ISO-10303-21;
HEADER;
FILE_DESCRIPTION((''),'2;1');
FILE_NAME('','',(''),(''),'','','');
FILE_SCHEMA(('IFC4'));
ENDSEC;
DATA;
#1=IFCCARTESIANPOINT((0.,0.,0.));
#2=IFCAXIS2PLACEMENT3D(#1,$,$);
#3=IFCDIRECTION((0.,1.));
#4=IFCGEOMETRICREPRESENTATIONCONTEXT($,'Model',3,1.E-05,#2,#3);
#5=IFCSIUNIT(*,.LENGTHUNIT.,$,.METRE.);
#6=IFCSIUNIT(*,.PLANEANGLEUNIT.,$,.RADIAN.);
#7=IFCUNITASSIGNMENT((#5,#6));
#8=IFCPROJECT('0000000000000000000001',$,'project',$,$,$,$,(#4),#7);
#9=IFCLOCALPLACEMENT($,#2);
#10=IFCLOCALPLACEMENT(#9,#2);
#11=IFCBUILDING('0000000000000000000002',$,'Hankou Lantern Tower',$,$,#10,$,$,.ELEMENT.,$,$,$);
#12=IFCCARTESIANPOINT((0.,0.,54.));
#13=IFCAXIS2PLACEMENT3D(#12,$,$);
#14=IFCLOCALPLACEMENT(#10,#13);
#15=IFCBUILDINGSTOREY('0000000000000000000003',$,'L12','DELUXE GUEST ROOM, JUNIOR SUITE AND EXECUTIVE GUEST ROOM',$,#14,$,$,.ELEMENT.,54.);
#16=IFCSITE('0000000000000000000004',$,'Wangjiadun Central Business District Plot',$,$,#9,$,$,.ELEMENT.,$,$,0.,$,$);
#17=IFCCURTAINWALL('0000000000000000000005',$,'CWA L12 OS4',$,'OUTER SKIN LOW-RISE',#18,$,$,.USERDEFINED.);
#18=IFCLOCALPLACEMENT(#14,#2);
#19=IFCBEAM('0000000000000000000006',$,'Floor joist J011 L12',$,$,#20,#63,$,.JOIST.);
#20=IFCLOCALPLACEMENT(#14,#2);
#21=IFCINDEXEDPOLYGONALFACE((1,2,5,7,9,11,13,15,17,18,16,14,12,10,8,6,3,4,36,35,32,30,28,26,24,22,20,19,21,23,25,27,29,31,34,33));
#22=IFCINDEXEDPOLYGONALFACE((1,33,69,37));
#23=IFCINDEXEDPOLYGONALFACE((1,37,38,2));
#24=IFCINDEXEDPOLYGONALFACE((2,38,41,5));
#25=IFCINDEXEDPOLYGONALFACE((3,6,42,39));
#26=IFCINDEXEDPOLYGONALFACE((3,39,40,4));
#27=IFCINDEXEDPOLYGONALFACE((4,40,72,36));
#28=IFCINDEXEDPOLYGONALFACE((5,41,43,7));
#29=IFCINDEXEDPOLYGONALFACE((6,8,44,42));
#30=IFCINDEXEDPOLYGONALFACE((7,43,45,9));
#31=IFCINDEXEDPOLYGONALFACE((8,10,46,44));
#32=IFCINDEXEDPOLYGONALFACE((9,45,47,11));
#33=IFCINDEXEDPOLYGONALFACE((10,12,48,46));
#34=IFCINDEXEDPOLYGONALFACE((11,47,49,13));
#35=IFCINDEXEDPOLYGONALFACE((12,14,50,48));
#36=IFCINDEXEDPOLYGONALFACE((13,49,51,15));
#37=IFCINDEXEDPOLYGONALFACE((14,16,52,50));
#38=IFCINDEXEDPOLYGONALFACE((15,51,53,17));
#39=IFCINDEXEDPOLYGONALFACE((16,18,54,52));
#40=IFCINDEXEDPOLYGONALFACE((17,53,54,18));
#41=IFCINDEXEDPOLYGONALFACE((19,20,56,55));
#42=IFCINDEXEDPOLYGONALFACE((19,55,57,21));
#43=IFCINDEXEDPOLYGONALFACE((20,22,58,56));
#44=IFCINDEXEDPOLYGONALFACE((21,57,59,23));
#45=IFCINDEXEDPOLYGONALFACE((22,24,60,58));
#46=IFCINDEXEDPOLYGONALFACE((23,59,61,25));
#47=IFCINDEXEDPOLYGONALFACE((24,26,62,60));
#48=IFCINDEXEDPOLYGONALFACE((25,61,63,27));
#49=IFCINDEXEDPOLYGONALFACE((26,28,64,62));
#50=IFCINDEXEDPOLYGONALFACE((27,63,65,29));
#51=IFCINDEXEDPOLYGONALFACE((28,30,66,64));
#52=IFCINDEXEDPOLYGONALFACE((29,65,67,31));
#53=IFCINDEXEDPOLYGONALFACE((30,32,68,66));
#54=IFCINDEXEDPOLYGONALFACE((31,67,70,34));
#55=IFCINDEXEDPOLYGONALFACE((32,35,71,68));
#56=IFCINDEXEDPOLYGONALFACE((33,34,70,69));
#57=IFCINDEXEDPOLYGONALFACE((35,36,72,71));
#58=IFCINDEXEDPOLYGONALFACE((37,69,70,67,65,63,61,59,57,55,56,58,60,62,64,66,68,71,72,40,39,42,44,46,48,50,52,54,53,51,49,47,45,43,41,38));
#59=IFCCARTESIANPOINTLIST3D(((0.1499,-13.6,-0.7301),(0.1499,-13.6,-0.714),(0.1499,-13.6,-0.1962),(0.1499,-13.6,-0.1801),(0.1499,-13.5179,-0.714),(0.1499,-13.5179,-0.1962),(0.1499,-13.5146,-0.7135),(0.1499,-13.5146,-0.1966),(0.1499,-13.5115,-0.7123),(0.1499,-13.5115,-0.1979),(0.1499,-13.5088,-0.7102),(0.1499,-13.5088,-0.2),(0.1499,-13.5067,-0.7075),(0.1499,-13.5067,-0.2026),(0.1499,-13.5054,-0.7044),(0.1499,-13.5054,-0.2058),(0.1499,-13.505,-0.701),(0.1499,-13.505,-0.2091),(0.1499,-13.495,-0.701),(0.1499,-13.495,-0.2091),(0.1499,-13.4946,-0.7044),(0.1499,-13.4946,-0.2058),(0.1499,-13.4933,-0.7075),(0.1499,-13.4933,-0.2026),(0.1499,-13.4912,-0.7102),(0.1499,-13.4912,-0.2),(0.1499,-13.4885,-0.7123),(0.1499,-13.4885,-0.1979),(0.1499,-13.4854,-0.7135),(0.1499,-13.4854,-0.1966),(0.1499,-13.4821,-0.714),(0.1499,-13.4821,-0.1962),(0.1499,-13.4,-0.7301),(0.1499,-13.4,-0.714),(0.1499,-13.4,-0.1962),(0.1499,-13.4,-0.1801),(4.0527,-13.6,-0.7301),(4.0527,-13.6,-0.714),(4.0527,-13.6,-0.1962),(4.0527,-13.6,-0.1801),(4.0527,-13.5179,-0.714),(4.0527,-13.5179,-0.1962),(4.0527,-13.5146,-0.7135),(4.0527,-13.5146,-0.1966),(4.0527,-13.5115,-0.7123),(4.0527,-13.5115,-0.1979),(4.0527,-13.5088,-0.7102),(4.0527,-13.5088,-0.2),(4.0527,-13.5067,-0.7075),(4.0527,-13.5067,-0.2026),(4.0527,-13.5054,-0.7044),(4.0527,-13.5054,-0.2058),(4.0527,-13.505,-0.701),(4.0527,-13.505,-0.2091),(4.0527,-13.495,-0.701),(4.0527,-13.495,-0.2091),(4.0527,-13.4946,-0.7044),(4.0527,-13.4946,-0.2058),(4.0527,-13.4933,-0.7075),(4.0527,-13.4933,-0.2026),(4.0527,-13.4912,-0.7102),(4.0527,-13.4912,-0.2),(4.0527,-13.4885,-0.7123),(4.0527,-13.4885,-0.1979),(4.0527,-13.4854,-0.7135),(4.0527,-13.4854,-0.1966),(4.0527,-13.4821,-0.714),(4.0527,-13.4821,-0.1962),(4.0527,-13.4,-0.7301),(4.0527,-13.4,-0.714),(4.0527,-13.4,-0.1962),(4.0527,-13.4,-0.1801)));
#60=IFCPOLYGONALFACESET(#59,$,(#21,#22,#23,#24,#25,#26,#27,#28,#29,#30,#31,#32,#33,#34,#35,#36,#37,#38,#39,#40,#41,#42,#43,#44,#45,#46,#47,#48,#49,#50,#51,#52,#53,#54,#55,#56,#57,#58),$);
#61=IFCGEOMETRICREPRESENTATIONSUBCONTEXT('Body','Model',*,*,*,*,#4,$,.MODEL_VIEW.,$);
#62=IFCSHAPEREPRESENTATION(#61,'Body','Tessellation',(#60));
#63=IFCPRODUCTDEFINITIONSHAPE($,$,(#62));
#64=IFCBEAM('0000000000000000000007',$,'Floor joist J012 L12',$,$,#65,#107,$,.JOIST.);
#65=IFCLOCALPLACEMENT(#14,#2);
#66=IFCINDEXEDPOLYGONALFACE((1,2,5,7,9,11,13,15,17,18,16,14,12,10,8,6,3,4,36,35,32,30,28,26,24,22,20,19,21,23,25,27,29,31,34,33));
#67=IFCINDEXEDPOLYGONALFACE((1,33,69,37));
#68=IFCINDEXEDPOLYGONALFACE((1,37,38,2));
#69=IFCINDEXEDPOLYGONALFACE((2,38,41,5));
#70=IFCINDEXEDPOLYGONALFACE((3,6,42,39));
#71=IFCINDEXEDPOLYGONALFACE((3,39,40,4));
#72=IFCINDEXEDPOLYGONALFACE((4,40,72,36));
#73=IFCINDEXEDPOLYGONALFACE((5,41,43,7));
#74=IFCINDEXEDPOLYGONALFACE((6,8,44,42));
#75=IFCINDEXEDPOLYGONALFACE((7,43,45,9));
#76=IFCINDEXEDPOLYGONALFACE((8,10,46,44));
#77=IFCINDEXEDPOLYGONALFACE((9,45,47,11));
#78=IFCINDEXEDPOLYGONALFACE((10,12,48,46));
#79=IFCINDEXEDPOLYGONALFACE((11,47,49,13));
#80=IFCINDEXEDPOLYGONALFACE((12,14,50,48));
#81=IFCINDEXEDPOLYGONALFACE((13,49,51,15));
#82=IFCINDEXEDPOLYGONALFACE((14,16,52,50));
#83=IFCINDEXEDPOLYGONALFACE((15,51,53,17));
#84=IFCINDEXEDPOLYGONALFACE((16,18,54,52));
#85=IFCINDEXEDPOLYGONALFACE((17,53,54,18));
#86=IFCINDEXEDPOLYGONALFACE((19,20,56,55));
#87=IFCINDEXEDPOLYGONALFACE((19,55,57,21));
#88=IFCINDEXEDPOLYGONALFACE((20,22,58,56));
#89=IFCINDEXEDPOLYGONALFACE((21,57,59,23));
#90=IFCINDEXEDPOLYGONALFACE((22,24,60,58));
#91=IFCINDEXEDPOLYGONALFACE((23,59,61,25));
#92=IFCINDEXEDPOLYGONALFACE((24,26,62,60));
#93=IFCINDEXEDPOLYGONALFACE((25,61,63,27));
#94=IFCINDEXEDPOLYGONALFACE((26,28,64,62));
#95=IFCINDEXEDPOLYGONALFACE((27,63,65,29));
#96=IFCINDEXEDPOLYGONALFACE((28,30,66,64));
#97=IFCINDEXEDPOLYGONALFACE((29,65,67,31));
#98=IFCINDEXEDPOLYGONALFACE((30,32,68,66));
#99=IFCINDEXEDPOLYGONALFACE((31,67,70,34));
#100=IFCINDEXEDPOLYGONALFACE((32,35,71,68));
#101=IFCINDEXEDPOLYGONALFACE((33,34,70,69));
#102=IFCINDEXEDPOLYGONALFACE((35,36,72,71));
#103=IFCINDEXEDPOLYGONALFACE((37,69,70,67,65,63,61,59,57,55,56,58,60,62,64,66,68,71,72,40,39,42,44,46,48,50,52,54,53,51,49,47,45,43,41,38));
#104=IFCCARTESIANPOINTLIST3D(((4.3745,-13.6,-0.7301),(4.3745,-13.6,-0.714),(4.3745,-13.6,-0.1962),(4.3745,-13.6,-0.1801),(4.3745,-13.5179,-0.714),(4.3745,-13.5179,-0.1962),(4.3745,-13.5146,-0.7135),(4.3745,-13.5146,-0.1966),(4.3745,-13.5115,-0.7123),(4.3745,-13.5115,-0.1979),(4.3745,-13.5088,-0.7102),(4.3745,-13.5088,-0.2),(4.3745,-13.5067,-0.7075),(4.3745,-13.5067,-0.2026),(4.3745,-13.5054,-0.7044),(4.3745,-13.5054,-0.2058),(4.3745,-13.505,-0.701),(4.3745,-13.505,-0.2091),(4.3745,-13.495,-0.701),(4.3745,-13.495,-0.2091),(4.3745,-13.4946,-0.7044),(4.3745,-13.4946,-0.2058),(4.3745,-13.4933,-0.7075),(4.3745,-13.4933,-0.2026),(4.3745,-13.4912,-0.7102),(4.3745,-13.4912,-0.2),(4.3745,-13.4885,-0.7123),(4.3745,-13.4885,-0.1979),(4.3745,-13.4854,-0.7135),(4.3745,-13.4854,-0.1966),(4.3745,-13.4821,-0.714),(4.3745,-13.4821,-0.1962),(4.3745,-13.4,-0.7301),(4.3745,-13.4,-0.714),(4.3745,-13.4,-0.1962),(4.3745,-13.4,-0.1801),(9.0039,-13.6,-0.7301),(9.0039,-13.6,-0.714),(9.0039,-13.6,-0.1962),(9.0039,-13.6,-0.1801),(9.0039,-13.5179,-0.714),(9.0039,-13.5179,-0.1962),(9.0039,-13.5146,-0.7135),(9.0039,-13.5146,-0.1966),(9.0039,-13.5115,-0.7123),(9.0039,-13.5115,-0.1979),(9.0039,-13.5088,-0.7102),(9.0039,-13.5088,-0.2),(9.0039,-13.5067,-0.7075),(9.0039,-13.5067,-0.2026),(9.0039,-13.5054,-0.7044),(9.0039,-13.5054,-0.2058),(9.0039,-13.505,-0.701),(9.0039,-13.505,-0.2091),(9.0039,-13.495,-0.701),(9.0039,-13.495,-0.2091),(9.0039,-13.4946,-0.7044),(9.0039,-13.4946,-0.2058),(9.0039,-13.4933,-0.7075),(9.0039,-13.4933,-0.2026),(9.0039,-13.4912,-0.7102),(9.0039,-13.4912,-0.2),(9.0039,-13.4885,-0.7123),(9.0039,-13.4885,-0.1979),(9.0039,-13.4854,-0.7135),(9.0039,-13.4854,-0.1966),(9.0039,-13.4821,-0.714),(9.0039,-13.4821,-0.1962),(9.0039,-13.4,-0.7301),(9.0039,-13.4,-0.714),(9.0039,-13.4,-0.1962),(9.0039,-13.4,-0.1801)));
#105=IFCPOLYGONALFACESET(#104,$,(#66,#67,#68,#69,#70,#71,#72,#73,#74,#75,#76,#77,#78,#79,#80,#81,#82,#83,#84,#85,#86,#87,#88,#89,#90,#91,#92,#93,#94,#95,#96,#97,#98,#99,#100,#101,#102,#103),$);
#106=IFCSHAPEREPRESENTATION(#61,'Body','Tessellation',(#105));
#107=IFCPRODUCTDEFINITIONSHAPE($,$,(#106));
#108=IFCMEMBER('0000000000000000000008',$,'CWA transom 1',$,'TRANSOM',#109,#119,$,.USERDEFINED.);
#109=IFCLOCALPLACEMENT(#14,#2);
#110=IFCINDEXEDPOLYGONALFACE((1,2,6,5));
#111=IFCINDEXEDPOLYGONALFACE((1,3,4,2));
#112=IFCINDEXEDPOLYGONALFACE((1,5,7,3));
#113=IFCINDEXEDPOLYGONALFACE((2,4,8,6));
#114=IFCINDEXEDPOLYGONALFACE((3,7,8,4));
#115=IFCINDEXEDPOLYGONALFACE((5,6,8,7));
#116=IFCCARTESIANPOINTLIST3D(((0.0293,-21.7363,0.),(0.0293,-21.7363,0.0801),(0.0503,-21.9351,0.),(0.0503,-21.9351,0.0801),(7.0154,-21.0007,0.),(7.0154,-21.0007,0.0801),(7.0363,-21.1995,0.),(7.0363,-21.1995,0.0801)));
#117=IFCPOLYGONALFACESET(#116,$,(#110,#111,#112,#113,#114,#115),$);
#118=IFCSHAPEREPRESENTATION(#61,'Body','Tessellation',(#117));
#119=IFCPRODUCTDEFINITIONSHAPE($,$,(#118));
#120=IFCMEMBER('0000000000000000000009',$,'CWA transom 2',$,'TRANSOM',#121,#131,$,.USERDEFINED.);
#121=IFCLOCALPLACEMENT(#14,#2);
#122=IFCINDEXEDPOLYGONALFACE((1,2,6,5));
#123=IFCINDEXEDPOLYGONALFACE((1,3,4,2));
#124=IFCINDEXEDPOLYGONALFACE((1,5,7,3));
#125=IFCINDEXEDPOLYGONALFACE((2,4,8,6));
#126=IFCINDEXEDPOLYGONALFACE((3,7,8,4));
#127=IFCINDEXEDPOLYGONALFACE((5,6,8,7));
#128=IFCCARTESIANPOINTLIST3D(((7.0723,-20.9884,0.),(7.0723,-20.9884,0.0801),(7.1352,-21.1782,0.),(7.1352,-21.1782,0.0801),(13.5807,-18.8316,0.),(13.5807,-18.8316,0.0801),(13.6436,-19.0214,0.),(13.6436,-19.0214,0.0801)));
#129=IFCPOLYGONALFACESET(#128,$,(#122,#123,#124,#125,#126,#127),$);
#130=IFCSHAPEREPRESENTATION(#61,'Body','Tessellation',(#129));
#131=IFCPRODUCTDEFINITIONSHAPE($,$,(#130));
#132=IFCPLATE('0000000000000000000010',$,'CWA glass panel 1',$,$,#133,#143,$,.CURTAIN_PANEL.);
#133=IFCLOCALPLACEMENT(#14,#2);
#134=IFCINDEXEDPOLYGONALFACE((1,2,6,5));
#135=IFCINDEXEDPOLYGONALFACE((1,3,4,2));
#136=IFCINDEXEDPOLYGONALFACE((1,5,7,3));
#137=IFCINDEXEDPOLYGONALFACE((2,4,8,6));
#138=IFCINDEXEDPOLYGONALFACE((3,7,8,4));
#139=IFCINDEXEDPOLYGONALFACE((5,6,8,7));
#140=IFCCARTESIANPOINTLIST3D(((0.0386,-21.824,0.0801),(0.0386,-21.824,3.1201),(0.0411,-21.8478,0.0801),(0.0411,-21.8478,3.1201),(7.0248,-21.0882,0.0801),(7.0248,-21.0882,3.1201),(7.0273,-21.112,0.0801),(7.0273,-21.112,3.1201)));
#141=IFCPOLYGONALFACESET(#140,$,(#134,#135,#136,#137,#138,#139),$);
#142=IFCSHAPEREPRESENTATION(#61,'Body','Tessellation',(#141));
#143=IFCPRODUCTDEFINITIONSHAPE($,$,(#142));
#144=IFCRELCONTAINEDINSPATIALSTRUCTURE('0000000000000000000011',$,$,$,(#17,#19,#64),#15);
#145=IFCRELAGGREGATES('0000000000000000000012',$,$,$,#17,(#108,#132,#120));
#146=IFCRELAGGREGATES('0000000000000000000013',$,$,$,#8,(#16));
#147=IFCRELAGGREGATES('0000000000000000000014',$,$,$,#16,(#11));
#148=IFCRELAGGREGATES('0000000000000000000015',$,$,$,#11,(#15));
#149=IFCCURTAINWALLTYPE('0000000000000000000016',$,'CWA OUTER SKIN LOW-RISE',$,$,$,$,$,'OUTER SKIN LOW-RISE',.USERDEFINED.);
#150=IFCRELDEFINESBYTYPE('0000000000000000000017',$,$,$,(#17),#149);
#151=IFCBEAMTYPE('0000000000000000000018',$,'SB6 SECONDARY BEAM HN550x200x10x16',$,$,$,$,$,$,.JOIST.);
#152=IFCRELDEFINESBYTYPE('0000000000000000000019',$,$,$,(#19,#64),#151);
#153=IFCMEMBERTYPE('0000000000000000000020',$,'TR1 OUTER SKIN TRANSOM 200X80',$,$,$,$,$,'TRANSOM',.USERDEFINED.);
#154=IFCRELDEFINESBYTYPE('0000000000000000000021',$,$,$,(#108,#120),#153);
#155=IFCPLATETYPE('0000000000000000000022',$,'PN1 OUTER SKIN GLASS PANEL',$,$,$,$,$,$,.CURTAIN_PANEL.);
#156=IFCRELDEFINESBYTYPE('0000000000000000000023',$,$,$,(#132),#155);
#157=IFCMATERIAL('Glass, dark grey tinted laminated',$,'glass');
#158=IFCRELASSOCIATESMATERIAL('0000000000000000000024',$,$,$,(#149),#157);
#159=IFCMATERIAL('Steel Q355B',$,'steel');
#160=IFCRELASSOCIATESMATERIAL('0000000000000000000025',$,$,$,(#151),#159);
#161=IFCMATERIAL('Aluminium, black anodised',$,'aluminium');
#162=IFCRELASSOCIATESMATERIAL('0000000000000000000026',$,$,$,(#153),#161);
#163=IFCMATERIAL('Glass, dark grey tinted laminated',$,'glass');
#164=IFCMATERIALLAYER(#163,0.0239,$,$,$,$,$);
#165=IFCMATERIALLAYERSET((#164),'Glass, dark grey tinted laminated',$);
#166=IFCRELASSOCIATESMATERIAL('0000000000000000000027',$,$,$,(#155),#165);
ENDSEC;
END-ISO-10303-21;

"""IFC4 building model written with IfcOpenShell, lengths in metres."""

from ifc_helpers import new_model, si_unit, direction, frame, origin, origin_2d, place, context, subcontext, project, spatial, rectangle, i_section, extrude, material, layer, layer_set, material_profile, profile_set, type_object, element, aggregate, save


model = new_model("IFC4")

# Units and contexts
model_context = context("Model", 3, precision=1e-05, world=origin(), true_north=direction((0.0, 1.0)))
body_context = subcontext(model_context, "Body", "Model", "MODEL_VIEW")
ifc_project = project(units=[si_unit("LENGTHUNIT", "METRE"), si_unit("PLANEANGLEUNIT", "RADIAN")], contexts=[model_context])

# Site, building, storey
site_placement = place(None, origin())
site = spatial("IfcSite", under=ifc_project, at=site_placement, Name="Wangjiadun Central Business District Plot", CompositionType="ELEMENT", RefElevation=0.0)
building_placement = place(site_placement, origin())
building = spatial("IfcBuilding", under=site, at=building_placement, Name="Hankou Lantern Tower", CompositionType="ELEMENT")
storey_placement = place(building_placement, frame((0.0, 0.0, 54.0)))
storey = spatial("IfcBuildingStorey", under=building, at=storey_placement, Name="L12", Description="DELUXE GUEST ROOM, JUNIOR SUITE AND EXECUTIVE GUEST ROOM", CompositionType="ELEMENT", Elevation=54.0)

# Curtain wall
ifc_material_1 = material(Name="Glass, dark grey tinted laminated", Category="glass")
curtain_wall_type = type_object("IfcCurtainWallType", Name="CWA OUTER SKIN LOW-RISE", ElementType="OUTER SKIN LOW-RISE", PredefinedType="USERDEFINED", material=ifc_material_1)
curtain_wall_placement = place(storey_placement, origin())
curtain_wall = element("IfcCurtainWall", 1, at=curtain_wall_placement, inside=storey, type_object=curtain_wall_type, Name="CWA L12 OS4", ObjectType="OUTER SKIN LOW-RISE", PredefinedType="USERDEFINED")

# Beams
ifc_material_2 = material(Name="Steel Q355B", Category="steel")
ifc_material_profile_1 = material_profile(ifc_material_2, i_section(OverallWidth=0.2, OverallDepth=0.55, WebThickness=0.01, FlangeThickness=0.0161, FilletRadius=0.0129, at=origin_2d()), Name="HN550x200x10x16")
ifc_profile_set_1 = profile_set([ifc_material_profile_1], Name="Steel Q355B")
beam_type_1 = type_object("IfcBeamType", Name="SB6 SECONDARY BEAM HN550x200x10x16", PredefinedType="JOIST", material=ifc_profile_set_1)
beam_1_placement = place(storey_placement, frame((0.1499, -13.5, -0.4551), z_axis=(1.0, 0.0, 0.0), x_axis=(0.0, 1.0, 0.0)))
element("IfcBeam", 2, at=beam_1_placement, inside=storey, type_object=beam_type_1, Name="Floor joist J011 L12", PredefinedType="JOIST", context=body_context, shape_type="SweptSolid", body=[
    extrude(i_section(OverallWidth=0.2, OverallDepth=0.55, WebThickness=0.01, FlangeThickness=0.0161, FilletRadius=0.0129, at=origin_2d()), origin(), (0.0, 0.0, 1.0), 3.9028),
])
beam_2_placement = place(storey_placement, frame((4.3745, -13.5, -0.4551), z_axis=(1.0, 0.0, 0.0), x_axis=(0.0, 1.0, 0.0)))
element("IfcBeam", 3, at=beam_2_placement, inside=storey, type_object=beam_type_1, Name="Floor joist J012 L12", PredefinedType="JOIST", context=body_context, shape_type="SweptSolid", body=[
    extrude(i_section(OverallWidth=0.2, OverallDepth=0.55, WebThickness=0.01, FlangeThickness=0.0161, FilletRadius=0.0129, at=origin_2d()), origin(), (0.0, 0.0, 1.0), 4.6294),
])

# Members
ifc_material_3 = material(Name="Aluminium, black anodised", Category="aluminium")
ifc_material_profile_2 = material_profile(ifc_material_3, rectangle(XDim=0.2, YDim=0.0801, at=origin_2d()), Name="TR1 200X80")
ifc_profile_set_2 = profile_set([ifc_material_profile_2], Name="Aluminium, black anodised")
member_type_1 = type_object("IfcMemberType", Name="TR1 OUTER SKIN TRANSOM 200X80", ElementType="TRANSOM", PredefinedType="USERDEFINED", material=ifc_profile_set_2)
member_1_placement = place(storey_placement, frame((0.0398, -21.8357, 0.04), z_axis=(0.994502, 0.104716, 0.0), x_axis=(-0.104716, 0.994502, 0.0)))
member_1 = element("IfcMember", 4, at=member_1_placement, type_object=member_type_1, Name="CWA transom 1", ObjectType="TRANSOM", PredefinedType="USERDEFINED", context=body_context, shape_type="SweptSolid", body=[
    extrude(rectangle(XDim=0.2, YDim=0.0801, at=origin_2d()), origin(), (0.0, 0.0, 1.0), 7.0247),
])
member_2_placement = place(storey_placement, frame((7.1038, -21.0833, 0.04), z_axis=(0.949237, 0.314561, 0.0), x_axis=(-0.314561, 0.949237, 0.0)))
member_2 = element("IfcMember", 5, at=member_2_placement, type_object=member_type_1, Name="CWA transom 2", ObjectType="TRANSOM", PredefinedType="USERDEFINED", context=body_context, shape_type="SweptSolid", body=[
    extrude(rectangle(XDim=0.2, YDim=0.0801, at=origin_2d()), origin(), (0.0, 0.0, 1.0), 6.8564),
])

# Plate
ifc_material_4 = material(Name="Glass, dark grey tinted laminated", Category="glass")
ifc_layer_1 = layer(ifc_material_4, 0.0239)
ifc_layer_set_1 = layer_set([ifc_layer_1], Name="Glass, dark grey tinted laminated")
plate_type = type_object("IfcPlateType", Name="PN1 OUTER SKIN GLASS PANEL", PredefinedType="CURTAIN_PANEL", material=ifc_layer_set_1)
plate_placement = place(storey_placement, frame((3.533, -21.468, 0.0801), z_axis=(0.0, 0.0, 1.0), x_axis=(0.994499, 0.104743, 0.0)))
plate = element("IfcPlate", 6, at=plate_placement, type_object=plate_type, Name="CWA glass panel 1", PredefinedType="CURTAIN_PANEL", context=body_context, shape_type="SweptSolid", body=[
    extrude(rectangle(XDim=7.0249, YDim=0.0239, at=origin_2d()), origin(), (0.0, 0.0, 1.0), 3.04),
])
aggregate(curtain_wall, [member_1, plate, member_2])

save(model, "model.ifc")
